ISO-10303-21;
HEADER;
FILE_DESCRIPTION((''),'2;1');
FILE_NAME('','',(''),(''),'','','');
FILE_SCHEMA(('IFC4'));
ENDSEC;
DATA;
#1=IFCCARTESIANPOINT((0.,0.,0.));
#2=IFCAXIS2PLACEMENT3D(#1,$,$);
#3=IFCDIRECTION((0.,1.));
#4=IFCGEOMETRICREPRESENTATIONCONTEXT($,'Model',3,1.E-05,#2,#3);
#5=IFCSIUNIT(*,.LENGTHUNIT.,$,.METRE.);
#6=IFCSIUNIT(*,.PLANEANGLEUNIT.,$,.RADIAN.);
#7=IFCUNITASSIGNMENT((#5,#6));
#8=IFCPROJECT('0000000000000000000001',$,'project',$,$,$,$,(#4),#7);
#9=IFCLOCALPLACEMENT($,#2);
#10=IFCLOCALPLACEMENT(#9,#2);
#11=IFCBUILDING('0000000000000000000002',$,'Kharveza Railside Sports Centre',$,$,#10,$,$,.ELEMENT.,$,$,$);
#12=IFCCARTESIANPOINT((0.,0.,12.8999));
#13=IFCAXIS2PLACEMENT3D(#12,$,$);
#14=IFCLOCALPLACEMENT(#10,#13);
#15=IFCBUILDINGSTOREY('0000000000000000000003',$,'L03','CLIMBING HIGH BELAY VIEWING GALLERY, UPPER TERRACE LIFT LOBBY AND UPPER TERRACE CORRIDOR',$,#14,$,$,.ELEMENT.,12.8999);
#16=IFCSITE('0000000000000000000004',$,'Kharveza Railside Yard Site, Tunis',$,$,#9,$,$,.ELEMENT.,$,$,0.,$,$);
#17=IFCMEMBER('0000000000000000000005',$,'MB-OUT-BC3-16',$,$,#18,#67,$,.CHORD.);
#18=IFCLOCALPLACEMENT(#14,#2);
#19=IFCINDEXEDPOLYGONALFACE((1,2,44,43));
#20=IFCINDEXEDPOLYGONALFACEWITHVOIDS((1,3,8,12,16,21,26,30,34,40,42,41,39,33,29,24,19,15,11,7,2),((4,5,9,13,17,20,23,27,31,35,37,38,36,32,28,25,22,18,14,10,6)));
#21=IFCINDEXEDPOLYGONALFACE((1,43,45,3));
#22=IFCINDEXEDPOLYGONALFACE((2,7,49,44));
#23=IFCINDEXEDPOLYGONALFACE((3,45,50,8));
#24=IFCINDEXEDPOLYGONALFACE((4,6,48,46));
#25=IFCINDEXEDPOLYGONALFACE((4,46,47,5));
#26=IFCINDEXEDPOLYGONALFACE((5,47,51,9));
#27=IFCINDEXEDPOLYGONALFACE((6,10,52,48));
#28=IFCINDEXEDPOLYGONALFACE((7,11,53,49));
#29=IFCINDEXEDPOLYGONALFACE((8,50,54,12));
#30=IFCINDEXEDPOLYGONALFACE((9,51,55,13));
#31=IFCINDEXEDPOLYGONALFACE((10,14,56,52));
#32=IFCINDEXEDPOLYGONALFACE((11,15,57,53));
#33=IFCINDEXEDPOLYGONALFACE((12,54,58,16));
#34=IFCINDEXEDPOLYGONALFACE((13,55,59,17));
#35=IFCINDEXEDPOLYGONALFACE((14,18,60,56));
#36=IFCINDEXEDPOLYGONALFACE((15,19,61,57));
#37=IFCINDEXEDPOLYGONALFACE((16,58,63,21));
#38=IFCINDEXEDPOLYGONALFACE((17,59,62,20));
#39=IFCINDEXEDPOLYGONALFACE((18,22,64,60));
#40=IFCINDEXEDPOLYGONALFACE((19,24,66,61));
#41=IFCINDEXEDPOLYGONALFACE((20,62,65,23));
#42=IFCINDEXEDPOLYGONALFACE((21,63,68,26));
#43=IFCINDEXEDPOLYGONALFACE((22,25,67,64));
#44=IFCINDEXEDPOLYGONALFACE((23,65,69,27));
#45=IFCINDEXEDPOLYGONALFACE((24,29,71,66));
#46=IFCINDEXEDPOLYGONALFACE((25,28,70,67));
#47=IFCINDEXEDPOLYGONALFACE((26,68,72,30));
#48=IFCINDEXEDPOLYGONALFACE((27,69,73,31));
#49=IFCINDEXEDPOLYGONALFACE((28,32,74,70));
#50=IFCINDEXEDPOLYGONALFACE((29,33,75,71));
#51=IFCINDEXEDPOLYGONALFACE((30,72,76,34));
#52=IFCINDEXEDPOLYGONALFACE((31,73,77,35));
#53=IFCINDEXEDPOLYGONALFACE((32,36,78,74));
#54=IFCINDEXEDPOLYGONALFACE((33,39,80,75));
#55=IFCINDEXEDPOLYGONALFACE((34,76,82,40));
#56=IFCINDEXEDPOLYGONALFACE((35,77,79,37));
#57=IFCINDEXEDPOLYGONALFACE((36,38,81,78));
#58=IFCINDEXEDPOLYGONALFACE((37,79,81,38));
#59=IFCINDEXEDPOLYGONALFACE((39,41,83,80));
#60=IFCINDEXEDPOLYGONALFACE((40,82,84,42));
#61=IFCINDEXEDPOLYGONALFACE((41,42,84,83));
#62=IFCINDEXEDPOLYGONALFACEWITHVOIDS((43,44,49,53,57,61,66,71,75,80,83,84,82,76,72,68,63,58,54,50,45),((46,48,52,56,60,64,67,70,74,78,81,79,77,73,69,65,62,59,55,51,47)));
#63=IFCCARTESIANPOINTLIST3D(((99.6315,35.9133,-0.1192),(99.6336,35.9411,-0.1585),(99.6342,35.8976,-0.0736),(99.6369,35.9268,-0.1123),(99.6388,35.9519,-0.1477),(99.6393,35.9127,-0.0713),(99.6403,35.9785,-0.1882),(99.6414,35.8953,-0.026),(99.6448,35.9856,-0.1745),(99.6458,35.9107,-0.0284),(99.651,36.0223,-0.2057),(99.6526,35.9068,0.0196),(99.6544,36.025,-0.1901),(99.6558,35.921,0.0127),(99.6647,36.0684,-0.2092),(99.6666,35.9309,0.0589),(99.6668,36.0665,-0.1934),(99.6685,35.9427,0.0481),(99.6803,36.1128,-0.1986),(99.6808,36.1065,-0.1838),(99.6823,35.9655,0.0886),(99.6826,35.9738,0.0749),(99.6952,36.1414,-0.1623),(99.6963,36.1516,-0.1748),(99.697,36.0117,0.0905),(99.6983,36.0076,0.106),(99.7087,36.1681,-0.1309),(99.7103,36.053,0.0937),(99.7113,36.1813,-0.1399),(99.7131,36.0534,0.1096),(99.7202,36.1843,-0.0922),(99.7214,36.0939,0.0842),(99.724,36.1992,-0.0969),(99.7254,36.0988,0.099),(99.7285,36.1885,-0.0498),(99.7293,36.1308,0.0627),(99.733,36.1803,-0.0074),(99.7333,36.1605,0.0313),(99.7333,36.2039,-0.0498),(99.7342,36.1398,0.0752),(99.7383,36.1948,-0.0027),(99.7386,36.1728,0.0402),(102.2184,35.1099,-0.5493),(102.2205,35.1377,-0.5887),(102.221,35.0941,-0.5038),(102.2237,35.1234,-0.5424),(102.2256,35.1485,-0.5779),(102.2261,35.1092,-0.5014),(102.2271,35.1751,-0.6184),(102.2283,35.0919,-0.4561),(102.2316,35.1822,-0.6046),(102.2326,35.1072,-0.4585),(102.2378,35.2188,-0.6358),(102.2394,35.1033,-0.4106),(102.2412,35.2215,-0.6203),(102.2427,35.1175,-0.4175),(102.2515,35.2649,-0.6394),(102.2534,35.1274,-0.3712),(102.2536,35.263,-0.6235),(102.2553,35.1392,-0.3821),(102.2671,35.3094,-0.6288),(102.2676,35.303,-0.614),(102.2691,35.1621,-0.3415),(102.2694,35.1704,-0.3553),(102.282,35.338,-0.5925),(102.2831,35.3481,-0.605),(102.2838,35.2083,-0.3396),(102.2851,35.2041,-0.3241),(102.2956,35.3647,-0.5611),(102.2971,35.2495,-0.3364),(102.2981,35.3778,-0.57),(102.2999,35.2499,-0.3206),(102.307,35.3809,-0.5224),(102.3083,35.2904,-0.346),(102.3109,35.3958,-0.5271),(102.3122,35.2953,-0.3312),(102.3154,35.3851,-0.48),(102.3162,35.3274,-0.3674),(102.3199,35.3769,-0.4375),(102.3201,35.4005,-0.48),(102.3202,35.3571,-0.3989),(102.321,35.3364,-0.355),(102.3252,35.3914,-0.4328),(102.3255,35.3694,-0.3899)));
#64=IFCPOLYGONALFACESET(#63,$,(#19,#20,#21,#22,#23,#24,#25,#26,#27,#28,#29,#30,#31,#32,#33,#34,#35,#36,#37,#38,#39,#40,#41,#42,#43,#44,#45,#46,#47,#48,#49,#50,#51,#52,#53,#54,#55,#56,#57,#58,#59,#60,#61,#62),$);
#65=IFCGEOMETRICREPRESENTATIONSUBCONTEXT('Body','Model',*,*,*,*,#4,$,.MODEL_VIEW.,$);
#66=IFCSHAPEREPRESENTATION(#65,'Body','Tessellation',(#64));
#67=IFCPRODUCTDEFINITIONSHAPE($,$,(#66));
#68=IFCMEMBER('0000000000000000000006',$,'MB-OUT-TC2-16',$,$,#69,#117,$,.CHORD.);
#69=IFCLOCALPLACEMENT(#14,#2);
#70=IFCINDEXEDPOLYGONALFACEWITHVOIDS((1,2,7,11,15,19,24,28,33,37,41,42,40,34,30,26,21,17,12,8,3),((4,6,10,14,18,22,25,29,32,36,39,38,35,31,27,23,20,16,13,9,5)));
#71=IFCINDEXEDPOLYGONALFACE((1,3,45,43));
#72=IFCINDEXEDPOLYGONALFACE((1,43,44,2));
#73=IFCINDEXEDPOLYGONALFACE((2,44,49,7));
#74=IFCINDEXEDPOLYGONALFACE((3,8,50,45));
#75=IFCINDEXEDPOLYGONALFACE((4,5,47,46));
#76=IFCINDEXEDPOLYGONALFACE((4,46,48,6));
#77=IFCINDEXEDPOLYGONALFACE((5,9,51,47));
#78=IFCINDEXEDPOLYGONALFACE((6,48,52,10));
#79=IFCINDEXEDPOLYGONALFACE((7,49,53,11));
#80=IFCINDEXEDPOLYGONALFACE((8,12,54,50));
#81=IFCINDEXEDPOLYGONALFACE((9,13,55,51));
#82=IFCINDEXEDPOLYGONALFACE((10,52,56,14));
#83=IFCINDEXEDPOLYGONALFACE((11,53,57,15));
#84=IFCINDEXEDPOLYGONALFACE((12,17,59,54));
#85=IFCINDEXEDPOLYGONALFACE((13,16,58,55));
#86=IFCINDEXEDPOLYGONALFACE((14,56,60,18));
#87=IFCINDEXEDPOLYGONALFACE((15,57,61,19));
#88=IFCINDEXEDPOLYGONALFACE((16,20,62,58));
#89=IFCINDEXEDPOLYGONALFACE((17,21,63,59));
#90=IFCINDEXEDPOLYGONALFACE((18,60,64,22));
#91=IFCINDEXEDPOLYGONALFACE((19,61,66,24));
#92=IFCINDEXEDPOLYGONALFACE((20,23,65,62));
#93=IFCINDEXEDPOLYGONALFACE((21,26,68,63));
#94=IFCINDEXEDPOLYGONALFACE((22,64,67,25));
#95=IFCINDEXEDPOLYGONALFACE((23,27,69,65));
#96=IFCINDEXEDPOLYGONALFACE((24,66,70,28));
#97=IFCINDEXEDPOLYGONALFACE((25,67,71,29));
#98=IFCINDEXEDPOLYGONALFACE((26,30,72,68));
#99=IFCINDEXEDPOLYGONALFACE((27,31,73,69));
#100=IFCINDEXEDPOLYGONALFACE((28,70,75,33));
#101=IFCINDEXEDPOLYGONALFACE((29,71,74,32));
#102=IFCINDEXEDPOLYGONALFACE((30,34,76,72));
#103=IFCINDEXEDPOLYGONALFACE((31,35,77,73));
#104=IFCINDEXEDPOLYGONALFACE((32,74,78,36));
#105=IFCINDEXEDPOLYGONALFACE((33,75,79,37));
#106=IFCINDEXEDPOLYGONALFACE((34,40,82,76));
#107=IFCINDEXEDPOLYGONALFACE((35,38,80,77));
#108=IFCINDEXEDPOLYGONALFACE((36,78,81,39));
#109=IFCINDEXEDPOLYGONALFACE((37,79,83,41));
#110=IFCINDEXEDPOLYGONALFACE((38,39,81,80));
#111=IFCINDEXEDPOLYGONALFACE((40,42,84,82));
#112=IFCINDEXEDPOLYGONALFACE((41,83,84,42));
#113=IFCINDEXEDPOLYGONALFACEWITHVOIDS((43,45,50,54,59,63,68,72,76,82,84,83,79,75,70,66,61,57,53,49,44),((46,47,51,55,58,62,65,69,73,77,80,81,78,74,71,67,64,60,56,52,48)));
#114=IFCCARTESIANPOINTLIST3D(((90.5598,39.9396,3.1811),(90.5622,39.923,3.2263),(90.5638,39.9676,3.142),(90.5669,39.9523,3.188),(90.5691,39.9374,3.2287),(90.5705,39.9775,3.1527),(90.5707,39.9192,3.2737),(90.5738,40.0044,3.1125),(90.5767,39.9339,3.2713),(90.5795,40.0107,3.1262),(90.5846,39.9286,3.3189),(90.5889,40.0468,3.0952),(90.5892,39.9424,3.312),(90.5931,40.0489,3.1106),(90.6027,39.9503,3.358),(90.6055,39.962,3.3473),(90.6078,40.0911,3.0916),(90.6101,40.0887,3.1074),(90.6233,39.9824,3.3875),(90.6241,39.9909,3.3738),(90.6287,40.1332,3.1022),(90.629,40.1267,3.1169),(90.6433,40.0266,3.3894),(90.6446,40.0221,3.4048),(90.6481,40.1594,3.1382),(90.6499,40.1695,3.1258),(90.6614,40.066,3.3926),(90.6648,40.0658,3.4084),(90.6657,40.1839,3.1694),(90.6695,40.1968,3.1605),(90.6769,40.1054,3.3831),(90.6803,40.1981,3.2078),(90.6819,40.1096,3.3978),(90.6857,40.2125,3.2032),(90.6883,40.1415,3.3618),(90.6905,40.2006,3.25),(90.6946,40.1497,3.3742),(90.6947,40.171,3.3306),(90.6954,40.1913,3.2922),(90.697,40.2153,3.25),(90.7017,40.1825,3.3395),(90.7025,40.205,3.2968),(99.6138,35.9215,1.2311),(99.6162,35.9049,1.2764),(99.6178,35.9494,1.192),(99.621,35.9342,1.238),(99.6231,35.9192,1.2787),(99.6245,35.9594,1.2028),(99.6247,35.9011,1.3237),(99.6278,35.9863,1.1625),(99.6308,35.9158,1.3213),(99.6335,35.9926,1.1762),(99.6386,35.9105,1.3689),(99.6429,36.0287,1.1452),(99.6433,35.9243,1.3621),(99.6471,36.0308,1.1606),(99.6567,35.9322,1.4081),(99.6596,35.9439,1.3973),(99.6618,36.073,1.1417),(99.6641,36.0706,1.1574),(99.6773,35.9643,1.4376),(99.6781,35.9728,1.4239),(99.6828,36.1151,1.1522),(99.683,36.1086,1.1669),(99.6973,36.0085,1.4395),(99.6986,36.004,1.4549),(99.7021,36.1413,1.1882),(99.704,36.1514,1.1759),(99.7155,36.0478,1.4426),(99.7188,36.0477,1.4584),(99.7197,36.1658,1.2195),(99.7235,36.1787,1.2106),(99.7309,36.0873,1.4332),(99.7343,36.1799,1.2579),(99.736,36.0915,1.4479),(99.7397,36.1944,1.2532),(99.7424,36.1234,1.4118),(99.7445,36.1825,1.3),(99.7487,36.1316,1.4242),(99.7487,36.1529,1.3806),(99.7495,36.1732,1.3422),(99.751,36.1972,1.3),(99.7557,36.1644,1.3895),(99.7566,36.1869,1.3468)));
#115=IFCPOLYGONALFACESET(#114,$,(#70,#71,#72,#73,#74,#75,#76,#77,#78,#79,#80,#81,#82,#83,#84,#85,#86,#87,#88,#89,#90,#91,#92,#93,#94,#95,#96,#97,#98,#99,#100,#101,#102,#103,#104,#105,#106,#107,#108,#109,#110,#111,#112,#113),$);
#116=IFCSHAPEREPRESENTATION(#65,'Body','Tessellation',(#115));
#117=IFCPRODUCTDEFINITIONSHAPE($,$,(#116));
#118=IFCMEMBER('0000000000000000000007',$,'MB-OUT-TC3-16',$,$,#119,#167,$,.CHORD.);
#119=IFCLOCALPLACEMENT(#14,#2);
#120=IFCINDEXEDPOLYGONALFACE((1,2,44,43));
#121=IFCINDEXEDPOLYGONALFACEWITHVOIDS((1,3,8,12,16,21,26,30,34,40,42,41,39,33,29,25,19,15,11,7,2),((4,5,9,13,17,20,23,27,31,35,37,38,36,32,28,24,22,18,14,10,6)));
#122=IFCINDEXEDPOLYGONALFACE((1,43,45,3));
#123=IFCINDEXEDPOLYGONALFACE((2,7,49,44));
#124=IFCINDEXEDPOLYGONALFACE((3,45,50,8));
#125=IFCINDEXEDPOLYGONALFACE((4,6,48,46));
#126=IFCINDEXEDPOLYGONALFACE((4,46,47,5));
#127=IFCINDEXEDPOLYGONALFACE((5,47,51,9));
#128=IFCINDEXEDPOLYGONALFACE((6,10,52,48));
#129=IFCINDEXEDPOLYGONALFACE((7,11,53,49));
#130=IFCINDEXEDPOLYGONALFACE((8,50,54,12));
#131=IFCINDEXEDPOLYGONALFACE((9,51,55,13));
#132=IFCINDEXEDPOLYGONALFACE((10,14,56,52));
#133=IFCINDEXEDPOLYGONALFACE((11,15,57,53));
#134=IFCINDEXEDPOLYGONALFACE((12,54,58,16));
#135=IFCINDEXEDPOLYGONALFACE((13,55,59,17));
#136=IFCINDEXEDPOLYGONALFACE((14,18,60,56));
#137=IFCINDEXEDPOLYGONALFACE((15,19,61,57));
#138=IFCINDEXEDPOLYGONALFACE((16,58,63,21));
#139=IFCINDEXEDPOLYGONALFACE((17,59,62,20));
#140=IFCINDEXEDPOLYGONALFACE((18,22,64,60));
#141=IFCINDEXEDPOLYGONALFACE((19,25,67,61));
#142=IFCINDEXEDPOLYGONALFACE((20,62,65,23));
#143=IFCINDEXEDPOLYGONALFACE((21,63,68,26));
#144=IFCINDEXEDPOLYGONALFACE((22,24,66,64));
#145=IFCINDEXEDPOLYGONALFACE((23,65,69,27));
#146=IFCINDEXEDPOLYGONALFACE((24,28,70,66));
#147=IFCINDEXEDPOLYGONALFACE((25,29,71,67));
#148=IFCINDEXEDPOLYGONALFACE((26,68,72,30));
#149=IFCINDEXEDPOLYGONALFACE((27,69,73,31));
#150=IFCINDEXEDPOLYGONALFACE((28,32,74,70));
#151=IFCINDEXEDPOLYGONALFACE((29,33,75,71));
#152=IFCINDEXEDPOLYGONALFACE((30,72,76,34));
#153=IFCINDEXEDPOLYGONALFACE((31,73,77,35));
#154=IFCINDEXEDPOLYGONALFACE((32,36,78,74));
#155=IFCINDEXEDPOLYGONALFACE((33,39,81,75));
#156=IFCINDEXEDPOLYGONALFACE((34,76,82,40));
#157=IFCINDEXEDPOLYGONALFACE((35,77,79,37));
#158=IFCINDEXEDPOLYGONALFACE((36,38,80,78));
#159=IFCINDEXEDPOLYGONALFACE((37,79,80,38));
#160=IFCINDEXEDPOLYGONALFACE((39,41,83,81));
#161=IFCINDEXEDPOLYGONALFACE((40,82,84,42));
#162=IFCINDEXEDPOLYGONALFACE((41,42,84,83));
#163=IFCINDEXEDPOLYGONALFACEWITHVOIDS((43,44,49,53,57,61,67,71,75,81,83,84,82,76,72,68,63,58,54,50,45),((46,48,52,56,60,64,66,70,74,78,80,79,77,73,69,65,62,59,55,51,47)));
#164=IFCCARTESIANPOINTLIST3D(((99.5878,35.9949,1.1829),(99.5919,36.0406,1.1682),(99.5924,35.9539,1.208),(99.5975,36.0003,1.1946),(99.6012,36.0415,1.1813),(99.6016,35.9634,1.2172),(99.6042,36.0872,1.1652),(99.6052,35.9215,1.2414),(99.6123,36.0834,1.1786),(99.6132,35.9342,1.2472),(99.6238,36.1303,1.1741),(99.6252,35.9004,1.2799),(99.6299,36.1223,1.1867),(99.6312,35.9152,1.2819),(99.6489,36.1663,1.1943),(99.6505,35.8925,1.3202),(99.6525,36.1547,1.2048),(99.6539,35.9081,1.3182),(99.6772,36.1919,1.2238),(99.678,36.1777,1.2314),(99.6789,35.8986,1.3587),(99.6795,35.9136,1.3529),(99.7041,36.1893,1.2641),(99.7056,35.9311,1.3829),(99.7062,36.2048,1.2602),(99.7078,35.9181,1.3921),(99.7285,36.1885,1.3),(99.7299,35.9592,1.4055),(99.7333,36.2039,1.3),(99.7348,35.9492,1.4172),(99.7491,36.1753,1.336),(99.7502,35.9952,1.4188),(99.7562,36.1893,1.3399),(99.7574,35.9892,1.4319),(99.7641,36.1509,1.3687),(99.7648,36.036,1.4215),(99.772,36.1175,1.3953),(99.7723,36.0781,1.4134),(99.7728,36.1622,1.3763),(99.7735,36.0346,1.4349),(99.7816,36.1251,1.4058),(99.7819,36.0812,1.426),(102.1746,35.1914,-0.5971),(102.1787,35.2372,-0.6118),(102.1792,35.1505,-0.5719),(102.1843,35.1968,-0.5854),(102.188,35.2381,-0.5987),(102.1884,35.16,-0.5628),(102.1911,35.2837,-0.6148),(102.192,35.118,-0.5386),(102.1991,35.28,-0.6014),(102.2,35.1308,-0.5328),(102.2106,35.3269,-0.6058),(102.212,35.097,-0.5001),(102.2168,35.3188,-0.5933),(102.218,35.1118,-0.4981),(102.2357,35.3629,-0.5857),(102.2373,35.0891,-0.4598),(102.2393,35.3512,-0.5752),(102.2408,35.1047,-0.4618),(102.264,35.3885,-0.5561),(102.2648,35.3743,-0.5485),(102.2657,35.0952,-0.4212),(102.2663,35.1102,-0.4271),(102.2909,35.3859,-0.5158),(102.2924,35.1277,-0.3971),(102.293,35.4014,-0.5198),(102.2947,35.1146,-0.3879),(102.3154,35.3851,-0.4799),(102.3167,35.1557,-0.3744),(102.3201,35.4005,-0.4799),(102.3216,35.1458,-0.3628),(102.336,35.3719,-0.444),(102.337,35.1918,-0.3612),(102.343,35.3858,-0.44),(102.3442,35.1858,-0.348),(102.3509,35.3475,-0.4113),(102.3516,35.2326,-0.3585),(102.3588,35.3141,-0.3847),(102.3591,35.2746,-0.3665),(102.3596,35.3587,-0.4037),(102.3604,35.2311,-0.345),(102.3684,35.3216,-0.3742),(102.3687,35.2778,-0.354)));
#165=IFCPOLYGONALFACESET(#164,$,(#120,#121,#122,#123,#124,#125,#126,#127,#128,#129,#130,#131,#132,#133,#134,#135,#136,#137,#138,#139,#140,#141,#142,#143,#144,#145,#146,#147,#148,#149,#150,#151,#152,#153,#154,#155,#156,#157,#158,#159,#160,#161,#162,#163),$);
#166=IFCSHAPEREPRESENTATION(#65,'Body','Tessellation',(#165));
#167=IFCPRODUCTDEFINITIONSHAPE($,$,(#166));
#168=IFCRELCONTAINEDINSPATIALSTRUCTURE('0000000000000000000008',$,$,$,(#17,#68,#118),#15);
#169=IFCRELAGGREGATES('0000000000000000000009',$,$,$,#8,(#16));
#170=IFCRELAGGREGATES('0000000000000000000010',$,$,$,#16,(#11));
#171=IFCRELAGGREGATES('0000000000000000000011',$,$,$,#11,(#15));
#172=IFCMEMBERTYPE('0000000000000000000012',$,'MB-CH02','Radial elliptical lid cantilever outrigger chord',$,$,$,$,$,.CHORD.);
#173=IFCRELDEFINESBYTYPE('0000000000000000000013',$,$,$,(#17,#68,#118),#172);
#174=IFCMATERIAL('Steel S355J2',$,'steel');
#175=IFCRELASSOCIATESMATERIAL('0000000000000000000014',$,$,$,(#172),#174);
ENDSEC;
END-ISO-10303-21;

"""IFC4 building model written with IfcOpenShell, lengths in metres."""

from ifc_helpers import new_model, si_unit, direction, frame, origin, origin_2d, place, context, subcontext, project, spatial, hollow_circle, extrude, material, material_profile, profile_set, type_object, element, save


model = new_model("IFC4")

# Units and contexts
model_context = context("Model", 3, precision=1e-05, world=origin(), true_north=direction((0.0, 1.0)))
body_context = subcontext(model_context, "Body", "Model", "MODEL_VIEW")
ifc_project = project(units=[si_unit("LENGTHUNIT", "METRE"), si_unit("PLANEANGLEUNIT", "RADIAN")], contexts=[model_context])

# Site, building, storey
site_placement = place(None, origin())
site = spatial("IfcSite", under=ifc_project, at=site_placement, Name="Kharveza Railside Yard Site, Tunis", CompositionType="ELEMENT", RefElevation=0.0)
building_placement = place(site_placement, origin())
building = spatial("IfcBuilding", under=site, at=building_placement, Name="Kharveza Railside Sports Centre", CompositionType="ELEMENT")
storey_placement = place(building_placement, frame((0.0, 0.0, 12.8999)))
storey = spatial("IfcBuildingStorey", under=building, at=storey_placement, Name="L03", Description="CLIMBING HIGH BELAY VIEWING GALLERY, UPPER TERRACE LIFT LOBBY AND UPPER TERRACE CORRIDOR", CompositionType="ELEMENT", Elevation=12.8999)

# Shared definitions
ifc_material_1 = material(Name="Steel S355J2", Category="steel")

# Members
ifc_material_profile_1 = material_profile(ifc_material_1, hollow_circle(Radius=0.1619, WallThickness=0.0161, at=origin_2d()), Name="CHS 323.9x16.0")
ifc_profile_set_1 = profile_set([ifc_material_profile_1], Name="Steel S355J2")
member_type_1 = type_object("IfcMemberType", Name="MB-CH02", Description="Radial elliptical lid cantilever outrigger chord", PredefinedType="CHORD", material=ifc_profile_set_1)
member_1_placement = place(storey_placement, frame((99.6853, 36.0493, -0.0498), z_axis=(0.943179, -0.292941, -0.15684), x_axis=(0.296612, 0.954998, 0.0)))
element("IfcMember", 1, at=member_1_placement, inside=storey, type_object=member_type_1, Name="MB-OUT-BC3-16", PredefinedType="CHORD", context=body_context, shape_type="SweptSolid", body=[
    extrude(hollow_circle(Radius=0.1619, WallThickness=0.0161, at=origin_2d()), origin(), (0.0, 0.0, 1.0), 2.7427),
])
member_2_placement = place(storey_placement, frame((90.6313, 40.0674, 3.25), z_axis=(0.896821, -0.398001, -0.193148), x_axis=(0.40564, 0.914033, 0.0)))
element("IfcMember", 2, at=member_2_placement, inside=storey, type_object=member_type_1, Name="MB-OUT-TC2-16", PredefinedType="CHORD", context=body_context, shape_type="SweptSolid", body=[
    extrude(hollow_circle(Radius=0.1619, WallThickness=0.0161, at=origin_2d()), origin(), (0.0, 0.0, 1.0), 10.0957),
])
member_3_placement = place(storey_placement, frame((99.6853, 36.0493, 1.3), z_axis=(0.798104, -0.247882, -0.549167), x_axis=(0.296612, 0.954998, 0.0)))
element("IfcMember", 3, at=member_3_placement, inside=storey, type_object=member_type_1, Name="MB-OUT-TC3-16", PredefinedType="CHORD", context=body_context, shape_type="SweptSolid", body=[
    extrude(hollow_circle(Radius=0.1619, WallThickness=0.0161, at=origin_2d()), origin(), (0.0, 0.0, 1.0), 3.2412),
])

save(model, "model.ifc")
